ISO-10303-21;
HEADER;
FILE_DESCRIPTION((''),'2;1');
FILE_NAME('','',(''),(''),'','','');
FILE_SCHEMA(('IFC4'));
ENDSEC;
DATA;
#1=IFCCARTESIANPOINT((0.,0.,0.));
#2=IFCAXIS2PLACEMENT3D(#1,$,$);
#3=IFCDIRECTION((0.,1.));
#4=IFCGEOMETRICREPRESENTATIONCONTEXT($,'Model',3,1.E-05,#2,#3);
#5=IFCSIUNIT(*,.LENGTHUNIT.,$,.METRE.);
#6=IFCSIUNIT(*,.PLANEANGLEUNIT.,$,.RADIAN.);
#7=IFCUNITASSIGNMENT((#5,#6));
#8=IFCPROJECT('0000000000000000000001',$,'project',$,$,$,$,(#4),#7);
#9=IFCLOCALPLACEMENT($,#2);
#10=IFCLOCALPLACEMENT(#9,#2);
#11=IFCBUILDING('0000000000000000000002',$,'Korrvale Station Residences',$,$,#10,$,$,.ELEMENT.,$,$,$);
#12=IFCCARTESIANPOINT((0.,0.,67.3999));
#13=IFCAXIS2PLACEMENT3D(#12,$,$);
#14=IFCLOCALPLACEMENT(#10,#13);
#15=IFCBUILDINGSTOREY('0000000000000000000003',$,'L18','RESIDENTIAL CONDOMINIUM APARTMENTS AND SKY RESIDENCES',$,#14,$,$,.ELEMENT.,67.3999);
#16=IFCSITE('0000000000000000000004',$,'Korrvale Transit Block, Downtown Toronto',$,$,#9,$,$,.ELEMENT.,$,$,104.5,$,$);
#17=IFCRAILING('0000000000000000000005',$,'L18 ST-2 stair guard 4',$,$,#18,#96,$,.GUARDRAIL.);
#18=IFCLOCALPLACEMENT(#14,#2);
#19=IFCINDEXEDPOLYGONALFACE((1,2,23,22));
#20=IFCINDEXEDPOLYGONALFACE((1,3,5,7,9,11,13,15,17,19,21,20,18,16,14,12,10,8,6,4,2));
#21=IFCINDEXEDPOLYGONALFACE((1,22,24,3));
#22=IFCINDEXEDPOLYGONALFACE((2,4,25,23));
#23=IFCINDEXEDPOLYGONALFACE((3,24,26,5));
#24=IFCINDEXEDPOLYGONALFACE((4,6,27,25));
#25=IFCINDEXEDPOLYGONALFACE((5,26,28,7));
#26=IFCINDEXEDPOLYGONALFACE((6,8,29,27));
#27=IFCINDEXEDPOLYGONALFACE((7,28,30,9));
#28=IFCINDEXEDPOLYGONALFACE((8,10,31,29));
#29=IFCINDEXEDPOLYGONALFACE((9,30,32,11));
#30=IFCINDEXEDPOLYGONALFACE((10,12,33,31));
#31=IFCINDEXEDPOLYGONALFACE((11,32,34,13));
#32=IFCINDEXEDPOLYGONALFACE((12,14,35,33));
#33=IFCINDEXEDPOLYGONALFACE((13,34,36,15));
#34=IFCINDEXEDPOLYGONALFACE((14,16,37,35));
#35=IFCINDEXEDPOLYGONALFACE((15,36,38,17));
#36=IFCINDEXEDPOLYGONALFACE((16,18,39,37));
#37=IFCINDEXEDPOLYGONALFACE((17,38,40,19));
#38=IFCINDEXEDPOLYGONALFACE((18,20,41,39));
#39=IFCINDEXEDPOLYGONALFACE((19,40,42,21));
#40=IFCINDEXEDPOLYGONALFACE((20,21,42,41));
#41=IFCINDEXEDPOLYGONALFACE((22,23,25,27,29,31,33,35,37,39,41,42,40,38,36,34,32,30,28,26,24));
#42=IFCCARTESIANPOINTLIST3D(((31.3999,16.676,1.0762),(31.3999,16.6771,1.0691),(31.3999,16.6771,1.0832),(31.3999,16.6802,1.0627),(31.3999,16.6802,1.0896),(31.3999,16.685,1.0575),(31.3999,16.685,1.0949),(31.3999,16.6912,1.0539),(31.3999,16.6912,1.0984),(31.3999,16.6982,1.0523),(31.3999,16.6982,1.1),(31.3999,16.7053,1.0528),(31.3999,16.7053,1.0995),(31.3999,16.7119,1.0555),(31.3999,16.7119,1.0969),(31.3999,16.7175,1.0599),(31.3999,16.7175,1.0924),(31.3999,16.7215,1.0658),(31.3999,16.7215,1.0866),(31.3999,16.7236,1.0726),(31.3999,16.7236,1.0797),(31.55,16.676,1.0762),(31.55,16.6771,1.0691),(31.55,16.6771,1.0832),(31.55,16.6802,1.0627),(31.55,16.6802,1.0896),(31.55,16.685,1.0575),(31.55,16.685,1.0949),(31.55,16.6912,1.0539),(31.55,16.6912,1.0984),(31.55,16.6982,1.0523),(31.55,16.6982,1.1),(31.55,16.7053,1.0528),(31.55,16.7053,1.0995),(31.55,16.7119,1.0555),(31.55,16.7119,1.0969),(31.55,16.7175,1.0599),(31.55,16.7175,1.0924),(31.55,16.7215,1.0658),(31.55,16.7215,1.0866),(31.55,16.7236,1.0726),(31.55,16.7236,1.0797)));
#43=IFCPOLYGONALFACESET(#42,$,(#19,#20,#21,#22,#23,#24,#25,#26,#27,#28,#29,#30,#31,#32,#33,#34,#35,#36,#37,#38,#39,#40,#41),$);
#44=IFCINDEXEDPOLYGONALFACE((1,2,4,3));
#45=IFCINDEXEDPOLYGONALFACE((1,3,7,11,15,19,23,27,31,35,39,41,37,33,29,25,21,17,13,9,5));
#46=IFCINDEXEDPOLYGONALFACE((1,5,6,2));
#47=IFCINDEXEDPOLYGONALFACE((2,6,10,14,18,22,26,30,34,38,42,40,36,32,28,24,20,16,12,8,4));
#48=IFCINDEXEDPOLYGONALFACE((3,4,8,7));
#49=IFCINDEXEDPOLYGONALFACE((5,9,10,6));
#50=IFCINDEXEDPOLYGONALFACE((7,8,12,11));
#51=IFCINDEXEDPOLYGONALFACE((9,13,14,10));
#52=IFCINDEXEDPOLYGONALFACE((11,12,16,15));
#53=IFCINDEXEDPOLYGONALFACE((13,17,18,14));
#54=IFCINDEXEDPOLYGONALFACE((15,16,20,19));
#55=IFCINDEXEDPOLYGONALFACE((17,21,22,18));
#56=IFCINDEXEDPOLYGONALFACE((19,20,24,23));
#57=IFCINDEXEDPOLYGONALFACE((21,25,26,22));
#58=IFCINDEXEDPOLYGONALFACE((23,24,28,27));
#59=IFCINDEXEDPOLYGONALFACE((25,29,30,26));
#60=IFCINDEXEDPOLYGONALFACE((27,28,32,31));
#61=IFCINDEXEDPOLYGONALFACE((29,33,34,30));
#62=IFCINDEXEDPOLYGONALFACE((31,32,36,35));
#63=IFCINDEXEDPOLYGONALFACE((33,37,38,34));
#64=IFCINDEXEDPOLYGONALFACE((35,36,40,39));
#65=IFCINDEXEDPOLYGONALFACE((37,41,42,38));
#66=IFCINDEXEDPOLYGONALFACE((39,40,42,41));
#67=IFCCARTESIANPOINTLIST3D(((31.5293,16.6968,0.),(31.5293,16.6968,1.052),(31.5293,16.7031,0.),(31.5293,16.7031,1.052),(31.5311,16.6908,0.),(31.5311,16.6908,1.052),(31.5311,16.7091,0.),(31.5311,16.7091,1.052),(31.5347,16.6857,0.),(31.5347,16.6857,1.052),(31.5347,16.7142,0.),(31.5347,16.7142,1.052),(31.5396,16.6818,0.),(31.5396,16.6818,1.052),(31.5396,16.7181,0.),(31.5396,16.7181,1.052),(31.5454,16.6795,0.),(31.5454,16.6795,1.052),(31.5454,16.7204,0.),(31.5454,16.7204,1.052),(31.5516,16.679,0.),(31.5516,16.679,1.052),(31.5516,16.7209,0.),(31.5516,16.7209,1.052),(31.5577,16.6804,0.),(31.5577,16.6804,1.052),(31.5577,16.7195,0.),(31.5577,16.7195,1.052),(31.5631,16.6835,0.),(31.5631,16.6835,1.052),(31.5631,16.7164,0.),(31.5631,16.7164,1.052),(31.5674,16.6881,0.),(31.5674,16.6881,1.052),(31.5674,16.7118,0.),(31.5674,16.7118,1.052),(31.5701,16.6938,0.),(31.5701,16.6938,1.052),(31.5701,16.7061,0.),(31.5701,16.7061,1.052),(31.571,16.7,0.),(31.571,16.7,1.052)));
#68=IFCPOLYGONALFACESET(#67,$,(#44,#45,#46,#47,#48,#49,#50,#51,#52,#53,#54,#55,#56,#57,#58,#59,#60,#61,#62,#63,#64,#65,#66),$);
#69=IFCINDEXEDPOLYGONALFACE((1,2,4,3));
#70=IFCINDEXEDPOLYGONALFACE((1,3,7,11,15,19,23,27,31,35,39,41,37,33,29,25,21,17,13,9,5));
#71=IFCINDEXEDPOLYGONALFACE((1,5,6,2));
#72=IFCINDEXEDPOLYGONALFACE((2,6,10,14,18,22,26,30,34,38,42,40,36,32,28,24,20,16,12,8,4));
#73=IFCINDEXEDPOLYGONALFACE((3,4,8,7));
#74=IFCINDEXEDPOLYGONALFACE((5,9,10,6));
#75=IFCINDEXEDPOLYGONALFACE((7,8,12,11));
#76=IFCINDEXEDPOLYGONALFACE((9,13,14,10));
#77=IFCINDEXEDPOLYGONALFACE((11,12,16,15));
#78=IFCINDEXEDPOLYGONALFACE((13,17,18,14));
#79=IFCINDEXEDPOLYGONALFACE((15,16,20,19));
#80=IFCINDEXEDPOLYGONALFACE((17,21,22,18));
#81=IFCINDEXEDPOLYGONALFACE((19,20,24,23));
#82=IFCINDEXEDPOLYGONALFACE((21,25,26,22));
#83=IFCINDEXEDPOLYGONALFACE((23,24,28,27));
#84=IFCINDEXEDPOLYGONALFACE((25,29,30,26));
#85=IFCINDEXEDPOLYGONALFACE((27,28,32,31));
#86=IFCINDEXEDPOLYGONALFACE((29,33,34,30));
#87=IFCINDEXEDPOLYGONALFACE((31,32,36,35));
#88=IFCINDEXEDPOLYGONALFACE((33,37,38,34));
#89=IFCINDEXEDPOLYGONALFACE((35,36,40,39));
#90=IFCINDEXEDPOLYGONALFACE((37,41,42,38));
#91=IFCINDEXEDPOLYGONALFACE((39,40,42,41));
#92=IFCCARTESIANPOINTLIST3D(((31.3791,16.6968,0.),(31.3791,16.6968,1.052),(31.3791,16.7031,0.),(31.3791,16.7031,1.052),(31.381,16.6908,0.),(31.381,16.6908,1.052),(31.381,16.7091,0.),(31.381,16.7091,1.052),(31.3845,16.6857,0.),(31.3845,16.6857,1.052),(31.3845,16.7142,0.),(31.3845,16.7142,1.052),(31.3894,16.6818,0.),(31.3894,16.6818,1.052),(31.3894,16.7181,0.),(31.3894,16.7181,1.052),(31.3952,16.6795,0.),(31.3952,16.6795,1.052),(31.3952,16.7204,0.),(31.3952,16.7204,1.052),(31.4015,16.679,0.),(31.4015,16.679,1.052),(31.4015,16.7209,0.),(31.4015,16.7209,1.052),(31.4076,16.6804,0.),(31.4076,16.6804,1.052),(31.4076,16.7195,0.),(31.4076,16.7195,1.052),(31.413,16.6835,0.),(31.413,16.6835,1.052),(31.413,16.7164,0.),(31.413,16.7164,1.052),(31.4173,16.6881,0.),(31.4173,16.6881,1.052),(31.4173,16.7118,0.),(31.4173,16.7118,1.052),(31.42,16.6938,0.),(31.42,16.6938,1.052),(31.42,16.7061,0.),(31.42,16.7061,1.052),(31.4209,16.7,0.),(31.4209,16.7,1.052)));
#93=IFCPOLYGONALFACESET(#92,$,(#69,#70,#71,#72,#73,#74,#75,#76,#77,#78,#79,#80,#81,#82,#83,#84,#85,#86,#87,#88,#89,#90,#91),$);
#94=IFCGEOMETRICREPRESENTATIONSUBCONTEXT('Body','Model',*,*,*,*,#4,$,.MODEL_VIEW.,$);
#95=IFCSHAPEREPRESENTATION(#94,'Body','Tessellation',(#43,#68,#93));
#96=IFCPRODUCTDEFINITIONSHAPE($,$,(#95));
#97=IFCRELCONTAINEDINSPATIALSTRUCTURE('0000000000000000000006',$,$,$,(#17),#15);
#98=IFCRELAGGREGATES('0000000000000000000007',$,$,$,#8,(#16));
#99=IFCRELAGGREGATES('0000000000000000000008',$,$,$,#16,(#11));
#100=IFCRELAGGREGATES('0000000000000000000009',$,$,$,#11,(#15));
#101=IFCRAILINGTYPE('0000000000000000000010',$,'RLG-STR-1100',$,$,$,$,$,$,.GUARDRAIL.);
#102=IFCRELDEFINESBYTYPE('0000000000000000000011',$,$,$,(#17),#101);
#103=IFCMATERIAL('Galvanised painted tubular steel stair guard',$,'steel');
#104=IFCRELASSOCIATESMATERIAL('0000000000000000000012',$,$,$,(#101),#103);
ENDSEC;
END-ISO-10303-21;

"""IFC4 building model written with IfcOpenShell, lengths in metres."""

from ifc_helpers import new_model, si_unit, direction, frame, origin, origin_2d, place, context, subcontext, project, spatial, circle, extrude, material, type_object, element, save


model = new_model("IFC4")

# Units and contexts
model_context = context("Model", 3, precision=1e-05, world=origin(), true_north=direction((0.0, 1.0)))
body_context = subcontext(model_context, "Body", "Model", "MODEL_VIEW")
ifc_project = project(units=[si_unit("LENGTHUNIT", "METRE"), si_unit("PLANEANGLEUNIT", "RADIAN")], contexts=[model_context])

# Site, building, storey
site_placement = place(None, origin())
site = spatial("IfcSite", under=ifc_project, at=site_placement, Name="Korrvale Transit Block, Downtown Toronto", CompositionType="ELEMENT", RefElevation=104.5)
building_placement = place(site_placement, origin())
building = spatial("IfcBuilding", under=site, at=building_placement, Name="Korrvale Station Residences", CompositionType="ELEMENT")
storey_placement = place(building_placement, frame((0.0, 0.0, 67.3999)))
storey = spatial("IfcBuildingStorey", under=building, at=storey_placement, Name="L18", Description="RESIDENTIAL CONDOMINIUM APARTMENTS AND SKY RESIDENCES", CompositionType="ELEMENT", Elevation=67.3999)

# Railing
ifc_material_1 = material(Name="Galvanised painted tubular steel stair guard", Category="steel")
railing_type_1 = type_object("IfcRailingType", Name="RLG-STR-1100", PredefinedType="GUARDRAIL", material=ifc_material_1)
railing_1_placement = place(storey_placement, frame((31.55, 16.7, 0.0)))
element("IfcRailing", 1, at=railing_1_placement, inside=storey, type_object=railing_type_1, Name="L18 ST-2 stair guard 4", PredefinedType="GUARDRAIL", context=body_context, shape_type="SweptSolid", body=[
    extrude(circle(Radius=0.0239, at=origin_2d()), frame((0.0, 0.0, 1.0762), z_axis=(-1.0, 0.0, 0.0), x_axis=(0.0, -1.0, 0.0)), (0.0, 0.0, 1.0), 0.1501),
    extrude(circle(Radius=0.021, at=origin_2d()), origin(), (0.0, 0.0, 1.0), 1.052),
    extrude(circle(Radius=0.021, at=origin_2d()), frame((-0.1501, 0.0, 0.0)), (0.0, 0.0, 1.0), 1.052),
])

save(model, "model.ifc")
